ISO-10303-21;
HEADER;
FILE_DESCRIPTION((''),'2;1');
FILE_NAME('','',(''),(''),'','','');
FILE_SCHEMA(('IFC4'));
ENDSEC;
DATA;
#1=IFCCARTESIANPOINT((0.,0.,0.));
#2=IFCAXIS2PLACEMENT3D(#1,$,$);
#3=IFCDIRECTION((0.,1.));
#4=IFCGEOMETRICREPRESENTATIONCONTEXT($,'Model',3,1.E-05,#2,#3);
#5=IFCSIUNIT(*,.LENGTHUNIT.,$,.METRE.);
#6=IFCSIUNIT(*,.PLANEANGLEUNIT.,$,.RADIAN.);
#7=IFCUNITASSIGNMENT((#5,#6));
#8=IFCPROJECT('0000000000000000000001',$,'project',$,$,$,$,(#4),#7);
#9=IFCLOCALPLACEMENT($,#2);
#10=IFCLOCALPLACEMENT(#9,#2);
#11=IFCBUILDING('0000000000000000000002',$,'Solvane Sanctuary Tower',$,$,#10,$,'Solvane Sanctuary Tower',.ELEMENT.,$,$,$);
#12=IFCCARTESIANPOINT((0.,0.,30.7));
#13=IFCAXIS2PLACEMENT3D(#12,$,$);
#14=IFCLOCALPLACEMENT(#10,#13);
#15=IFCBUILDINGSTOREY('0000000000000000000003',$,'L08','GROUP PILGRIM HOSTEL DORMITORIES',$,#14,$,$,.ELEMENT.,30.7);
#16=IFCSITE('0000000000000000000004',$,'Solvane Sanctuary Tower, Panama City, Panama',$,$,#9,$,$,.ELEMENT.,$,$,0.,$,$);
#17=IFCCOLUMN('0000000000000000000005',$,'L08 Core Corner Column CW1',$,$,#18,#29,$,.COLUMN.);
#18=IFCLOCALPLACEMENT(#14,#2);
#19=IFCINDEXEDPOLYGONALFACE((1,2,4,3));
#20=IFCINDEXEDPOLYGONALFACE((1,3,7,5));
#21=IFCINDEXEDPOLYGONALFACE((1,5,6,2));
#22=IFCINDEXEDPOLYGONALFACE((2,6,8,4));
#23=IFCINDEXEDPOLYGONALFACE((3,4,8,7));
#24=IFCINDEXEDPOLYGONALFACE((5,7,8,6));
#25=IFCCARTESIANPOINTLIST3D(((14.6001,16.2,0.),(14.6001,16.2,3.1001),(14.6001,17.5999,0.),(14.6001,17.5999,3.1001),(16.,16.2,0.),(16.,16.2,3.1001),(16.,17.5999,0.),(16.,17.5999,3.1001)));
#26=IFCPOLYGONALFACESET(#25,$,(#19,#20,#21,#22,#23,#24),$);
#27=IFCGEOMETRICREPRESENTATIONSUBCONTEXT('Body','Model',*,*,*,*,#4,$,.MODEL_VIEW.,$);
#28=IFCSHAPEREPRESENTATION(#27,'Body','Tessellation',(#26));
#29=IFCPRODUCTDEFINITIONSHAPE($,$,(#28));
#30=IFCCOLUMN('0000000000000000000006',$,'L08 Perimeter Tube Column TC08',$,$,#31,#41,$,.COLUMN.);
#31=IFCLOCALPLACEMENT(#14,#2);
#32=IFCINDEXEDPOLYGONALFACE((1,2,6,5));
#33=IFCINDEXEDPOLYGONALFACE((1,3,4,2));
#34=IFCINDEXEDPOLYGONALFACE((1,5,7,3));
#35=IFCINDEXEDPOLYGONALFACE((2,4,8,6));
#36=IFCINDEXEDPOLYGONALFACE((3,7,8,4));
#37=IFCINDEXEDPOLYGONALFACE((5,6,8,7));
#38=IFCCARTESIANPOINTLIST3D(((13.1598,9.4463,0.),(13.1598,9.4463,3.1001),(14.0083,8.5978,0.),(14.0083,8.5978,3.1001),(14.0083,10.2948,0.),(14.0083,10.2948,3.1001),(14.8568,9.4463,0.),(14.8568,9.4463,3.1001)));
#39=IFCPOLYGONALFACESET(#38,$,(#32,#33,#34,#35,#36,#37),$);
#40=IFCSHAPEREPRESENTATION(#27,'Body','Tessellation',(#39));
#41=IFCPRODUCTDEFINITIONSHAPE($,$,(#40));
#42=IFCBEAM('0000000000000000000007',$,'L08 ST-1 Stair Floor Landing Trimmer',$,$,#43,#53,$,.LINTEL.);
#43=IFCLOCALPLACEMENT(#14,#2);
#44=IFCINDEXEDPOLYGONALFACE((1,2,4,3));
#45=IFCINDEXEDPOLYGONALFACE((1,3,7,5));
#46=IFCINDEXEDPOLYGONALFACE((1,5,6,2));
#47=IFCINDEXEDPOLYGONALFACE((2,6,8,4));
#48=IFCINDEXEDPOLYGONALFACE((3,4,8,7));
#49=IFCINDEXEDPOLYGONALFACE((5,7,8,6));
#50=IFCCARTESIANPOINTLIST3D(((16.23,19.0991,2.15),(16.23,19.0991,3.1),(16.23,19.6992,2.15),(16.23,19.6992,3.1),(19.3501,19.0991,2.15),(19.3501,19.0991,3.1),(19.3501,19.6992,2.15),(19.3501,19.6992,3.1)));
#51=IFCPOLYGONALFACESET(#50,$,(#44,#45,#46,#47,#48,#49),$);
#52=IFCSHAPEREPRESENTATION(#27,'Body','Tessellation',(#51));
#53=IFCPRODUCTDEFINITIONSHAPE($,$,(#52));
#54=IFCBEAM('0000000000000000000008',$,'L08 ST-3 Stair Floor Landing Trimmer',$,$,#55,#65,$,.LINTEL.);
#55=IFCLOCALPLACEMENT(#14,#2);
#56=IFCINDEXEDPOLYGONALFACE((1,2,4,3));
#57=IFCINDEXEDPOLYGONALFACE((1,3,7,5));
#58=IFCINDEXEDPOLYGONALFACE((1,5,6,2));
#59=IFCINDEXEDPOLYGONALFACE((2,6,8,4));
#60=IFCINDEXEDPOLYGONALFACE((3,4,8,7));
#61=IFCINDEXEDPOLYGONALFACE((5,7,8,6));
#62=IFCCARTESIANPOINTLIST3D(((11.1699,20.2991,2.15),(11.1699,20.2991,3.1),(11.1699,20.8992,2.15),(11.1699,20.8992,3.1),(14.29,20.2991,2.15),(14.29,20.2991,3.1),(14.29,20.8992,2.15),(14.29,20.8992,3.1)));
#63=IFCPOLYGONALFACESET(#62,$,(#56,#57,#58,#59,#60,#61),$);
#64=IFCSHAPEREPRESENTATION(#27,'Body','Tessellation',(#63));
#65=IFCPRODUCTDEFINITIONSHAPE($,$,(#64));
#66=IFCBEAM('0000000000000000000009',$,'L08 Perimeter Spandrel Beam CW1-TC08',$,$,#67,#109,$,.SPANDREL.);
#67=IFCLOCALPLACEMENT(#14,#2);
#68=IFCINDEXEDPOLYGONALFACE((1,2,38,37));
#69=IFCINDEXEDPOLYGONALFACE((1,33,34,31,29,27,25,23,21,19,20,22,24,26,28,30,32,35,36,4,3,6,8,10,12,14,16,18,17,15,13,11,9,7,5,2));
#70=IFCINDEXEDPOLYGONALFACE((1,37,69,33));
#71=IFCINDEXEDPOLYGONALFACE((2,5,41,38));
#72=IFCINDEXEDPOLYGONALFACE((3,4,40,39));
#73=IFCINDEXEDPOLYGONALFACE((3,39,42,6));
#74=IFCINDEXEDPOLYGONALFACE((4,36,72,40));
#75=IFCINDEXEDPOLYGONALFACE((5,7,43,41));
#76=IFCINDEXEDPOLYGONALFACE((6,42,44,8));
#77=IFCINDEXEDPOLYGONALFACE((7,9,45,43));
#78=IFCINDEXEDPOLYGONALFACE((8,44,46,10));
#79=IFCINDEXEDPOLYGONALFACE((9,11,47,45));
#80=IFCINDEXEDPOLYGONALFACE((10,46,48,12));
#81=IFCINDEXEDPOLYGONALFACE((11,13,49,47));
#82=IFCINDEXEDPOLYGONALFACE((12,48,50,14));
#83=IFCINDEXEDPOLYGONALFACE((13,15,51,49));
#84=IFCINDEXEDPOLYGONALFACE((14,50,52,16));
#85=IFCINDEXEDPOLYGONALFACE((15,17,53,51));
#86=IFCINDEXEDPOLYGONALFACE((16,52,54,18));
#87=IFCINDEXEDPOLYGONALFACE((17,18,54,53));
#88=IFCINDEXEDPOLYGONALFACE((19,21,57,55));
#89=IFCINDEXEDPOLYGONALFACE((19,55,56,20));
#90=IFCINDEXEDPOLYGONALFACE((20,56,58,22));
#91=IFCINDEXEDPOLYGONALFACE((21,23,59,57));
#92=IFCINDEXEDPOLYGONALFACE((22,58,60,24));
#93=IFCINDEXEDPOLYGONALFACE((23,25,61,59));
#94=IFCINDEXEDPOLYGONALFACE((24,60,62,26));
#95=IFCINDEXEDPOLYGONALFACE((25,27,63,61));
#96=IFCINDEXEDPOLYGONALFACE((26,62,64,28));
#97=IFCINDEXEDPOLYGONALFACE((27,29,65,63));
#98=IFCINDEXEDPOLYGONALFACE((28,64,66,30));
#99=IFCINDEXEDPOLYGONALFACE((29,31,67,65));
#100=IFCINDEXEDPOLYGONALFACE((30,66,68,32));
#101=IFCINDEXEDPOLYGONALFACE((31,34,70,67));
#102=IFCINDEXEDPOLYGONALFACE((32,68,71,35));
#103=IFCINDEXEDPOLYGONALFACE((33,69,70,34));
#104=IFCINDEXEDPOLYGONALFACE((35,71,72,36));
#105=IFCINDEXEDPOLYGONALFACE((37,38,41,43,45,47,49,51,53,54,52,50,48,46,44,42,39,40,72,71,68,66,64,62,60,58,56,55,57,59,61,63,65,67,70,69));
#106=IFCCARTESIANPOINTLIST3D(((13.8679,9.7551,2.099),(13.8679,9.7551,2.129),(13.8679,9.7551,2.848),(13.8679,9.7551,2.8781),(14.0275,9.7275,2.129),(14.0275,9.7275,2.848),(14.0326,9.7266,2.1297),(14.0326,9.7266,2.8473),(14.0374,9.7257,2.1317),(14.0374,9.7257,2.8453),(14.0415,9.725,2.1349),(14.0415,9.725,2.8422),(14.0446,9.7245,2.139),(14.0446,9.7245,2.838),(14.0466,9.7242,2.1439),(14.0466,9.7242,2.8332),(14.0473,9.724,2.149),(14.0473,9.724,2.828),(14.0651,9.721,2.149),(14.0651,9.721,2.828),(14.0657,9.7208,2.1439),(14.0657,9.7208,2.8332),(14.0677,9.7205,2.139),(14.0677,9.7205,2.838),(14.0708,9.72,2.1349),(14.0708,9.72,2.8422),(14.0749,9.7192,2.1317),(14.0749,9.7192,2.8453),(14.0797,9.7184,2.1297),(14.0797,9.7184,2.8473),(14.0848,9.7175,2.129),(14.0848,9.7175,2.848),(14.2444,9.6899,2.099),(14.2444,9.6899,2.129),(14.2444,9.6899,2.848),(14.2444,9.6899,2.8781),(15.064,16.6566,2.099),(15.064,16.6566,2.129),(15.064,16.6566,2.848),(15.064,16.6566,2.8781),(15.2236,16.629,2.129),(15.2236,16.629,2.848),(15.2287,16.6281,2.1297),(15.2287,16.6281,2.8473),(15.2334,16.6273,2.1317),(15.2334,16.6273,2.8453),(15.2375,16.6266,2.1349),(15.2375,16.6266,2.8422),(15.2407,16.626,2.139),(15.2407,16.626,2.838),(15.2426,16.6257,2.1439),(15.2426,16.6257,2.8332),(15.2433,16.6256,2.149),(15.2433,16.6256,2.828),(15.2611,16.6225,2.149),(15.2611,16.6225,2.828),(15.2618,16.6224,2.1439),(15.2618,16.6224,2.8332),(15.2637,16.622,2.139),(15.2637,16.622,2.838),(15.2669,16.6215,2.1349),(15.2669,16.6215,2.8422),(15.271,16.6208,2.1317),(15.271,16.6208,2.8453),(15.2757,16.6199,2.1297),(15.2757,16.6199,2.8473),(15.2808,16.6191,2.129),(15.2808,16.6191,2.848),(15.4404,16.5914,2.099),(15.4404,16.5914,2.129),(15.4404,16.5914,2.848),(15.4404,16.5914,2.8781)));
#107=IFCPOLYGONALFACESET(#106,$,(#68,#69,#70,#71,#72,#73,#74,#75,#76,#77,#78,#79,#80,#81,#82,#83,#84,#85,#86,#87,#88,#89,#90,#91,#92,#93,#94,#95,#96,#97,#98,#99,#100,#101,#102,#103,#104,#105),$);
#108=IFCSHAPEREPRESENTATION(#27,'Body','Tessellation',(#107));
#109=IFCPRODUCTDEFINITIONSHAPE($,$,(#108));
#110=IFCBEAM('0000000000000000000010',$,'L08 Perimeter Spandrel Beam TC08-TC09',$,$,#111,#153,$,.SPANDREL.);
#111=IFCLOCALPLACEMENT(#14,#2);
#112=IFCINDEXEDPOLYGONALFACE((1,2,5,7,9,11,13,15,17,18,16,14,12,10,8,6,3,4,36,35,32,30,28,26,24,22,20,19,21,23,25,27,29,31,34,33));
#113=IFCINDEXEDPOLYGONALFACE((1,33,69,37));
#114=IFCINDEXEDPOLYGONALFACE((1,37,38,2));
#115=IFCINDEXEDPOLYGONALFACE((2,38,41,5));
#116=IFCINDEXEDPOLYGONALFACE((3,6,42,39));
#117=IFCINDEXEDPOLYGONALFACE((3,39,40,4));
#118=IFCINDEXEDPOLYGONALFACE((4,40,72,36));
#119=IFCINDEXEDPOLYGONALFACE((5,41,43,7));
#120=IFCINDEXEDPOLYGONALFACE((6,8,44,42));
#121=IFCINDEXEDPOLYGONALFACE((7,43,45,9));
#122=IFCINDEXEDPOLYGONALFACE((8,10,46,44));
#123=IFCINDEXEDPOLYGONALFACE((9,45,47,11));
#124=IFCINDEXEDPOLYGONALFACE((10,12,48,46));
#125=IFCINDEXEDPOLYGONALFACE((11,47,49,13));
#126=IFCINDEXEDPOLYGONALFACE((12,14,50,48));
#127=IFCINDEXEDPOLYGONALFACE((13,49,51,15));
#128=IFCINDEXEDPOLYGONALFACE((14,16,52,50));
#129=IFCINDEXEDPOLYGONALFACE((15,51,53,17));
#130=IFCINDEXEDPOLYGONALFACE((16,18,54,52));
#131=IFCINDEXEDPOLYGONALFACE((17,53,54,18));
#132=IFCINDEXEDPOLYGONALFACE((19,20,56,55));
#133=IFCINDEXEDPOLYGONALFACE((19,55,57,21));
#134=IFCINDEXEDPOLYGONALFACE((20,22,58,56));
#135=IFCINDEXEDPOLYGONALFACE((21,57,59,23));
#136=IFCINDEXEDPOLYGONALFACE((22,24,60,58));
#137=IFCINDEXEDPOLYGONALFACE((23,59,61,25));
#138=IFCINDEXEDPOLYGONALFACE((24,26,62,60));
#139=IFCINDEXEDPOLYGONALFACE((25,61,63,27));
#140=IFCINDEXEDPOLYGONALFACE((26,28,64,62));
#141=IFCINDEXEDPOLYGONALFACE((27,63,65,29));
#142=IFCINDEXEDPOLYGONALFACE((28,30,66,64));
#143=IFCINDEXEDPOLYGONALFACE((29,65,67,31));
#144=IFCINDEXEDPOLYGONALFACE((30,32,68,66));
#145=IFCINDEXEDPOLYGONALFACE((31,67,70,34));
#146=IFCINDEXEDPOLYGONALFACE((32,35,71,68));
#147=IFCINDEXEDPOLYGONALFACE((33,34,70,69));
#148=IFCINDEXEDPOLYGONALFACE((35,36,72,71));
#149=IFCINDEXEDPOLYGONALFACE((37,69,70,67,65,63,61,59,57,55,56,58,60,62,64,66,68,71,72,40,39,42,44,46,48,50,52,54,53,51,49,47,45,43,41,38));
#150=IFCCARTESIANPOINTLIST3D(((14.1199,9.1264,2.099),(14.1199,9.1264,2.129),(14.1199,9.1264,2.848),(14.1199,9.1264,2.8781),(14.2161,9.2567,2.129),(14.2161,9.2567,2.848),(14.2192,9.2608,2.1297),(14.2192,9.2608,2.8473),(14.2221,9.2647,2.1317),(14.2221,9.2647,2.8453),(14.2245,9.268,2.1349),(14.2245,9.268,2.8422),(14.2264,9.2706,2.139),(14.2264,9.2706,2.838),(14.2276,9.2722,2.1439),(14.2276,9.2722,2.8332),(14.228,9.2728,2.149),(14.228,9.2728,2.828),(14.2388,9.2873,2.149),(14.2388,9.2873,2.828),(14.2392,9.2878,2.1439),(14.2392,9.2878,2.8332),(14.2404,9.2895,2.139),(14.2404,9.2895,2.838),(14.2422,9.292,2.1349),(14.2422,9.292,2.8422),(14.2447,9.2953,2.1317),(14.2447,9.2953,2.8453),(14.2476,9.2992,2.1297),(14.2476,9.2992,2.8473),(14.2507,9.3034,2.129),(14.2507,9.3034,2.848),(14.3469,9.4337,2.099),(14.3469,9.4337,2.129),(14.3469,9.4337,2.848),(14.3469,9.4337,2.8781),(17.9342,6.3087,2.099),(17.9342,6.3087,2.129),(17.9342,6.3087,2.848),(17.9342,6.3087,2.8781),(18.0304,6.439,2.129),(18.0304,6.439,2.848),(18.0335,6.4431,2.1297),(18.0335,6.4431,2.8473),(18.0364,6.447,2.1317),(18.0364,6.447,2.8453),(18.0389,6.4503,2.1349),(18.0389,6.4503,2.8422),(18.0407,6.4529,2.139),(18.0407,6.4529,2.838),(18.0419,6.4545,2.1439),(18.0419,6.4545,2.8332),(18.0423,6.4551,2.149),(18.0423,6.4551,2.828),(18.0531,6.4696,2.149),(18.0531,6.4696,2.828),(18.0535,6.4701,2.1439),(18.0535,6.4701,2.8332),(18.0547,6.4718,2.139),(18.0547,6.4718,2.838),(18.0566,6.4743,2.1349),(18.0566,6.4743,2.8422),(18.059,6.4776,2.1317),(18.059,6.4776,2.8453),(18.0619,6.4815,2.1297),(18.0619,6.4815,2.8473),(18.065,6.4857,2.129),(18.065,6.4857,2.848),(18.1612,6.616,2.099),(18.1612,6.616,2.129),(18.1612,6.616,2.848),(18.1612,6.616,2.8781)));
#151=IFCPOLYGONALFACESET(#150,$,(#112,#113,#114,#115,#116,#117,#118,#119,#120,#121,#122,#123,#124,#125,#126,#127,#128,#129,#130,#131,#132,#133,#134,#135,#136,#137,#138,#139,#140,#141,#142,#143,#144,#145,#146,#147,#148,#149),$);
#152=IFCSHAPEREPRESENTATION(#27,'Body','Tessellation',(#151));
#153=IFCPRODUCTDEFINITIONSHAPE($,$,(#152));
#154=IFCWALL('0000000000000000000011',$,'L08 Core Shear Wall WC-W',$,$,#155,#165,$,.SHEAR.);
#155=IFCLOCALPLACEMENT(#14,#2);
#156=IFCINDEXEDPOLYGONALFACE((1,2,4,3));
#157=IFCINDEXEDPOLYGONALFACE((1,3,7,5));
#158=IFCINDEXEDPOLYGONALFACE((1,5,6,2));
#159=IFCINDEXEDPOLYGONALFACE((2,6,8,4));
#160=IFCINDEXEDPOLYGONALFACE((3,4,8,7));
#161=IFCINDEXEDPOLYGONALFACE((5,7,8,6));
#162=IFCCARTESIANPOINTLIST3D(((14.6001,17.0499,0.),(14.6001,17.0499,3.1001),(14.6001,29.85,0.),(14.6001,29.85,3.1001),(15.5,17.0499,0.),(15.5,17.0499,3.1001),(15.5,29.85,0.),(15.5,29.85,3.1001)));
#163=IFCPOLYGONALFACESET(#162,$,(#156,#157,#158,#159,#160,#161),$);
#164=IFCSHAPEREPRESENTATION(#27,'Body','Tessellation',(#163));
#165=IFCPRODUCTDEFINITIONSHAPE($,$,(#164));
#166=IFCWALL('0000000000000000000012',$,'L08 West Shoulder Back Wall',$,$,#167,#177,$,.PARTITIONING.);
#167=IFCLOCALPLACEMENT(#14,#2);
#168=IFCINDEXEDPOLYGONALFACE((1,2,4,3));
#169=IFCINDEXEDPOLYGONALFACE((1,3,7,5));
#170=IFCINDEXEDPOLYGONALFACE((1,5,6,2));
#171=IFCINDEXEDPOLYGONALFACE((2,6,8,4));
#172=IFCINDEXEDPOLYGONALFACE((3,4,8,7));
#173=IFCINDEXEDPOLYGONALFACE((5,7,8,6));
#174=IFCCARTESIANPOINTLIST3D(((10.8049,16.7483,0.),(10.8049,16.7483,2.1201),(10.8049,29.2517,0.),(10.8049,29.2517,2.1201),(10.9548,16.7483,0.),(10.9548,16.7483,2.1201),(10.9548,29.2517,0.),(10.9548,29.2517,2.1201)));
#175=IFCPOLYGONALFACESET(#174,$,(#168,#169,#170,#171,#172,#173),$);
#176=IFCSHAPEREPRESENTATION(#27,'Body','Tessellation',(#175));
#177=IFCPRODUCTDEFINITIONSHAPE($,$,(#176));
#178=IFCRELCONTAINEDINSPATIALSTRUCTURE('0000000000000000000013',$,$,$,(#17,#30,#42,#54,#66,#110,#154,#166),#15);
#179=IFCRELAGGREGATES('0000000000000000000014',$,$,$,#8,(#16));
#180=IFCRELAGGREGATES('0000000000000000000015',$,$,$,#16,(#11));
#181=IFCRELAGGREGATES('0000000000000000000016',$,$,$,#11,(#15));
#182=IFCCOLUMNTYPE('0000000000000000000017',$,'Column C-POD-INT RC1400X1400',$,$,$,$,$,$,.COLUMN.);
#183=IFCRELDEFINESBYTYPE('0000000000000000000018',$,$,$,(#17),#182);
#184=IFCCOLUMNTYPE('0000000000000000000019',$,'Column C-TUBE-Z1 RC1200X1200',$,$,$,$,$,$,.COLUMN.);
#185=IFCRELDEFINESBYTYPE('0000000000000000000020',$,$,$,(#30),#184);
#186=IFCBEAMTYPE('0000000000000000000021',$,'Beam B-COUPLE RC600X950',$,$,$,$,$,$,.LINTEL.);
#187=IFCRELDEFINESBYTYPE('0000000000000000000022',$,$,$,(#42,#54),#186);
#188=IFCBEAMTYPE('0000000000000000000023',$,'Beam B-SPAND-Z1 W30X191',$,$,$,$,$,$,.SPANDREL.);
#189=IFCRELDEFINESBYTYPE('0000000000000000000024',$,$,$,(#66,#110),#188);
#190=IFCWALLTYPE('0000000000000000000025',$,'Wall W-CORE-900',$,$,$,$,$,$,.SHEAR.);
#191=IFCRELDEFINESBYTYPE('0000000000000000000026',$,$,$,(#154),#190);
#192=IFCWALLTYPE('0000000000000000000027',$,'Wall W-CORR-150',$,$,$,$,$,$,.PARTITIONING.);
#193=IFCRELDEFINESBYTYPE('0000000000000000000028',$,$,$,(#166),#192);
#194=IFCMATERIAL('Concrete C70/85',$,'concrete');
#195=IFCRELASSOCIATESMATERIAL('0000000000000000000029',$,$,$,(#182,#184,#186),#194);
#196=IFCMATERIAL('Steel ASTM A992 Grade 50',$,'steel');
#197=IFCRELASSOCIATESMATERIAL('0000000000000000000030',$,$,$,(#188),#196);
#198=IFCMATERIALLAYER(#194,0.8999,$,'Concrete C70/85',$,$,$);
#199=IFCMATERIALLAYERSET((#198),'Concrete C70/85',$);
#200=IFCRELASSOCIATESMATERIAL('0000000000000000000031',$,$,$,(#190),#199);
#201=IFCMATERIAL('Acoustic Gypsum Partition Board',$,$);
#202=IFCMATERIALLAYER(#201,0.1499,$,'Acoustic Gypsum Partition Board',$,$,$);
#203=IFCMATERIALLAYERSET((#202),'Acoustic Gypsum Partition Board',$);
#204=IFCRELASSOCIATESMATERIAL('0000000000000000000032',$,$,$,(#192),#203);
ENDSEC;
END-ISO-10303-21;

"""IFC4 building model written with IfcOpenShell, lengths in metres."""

from ifc_helpers import new_model, si_unit, direction, frame, frame_2d, origin, origin_2d, place, context, subcontext, project, spatial, rectangle, i_section, extrude, material, layer, layer_set, material_profile, profile_set, type_object, element, save


model = new_model("IFC4")

# Units and contexts
model_context = context("Model", 3, precision=1e-05, world=origin(), true_north=direction((0.0, 1.0)))
body_context = subcontext(model_context, "Body", "Model", "MODEL_VIEW")
ifc_project = project(units=[si_unit("LENGTHUNIT", "METRE"), si_unit("PLANEANGLEUNIT", "RADIAN")], contexts=[model_context])

# Site, building, storey
site_placement = place(None, origin())
site = spatial("IfcSite", under=ifc_project, at=site_placement, Name="Solvane Sanctuary Tower, Panama City, Panama", CompositionType="ELEMENT", RefElevation=0.0)
building_placement = place(site_placement, origin())
building = spatial("IfcBuilding", under=site, at=building_placement, Name="Solvane Sanctuary Tower", LongName="Solvane Sanctuary Tower", CompositionType="ELEMENT")
storey_placement = place(building_placement, frame((0.0, 0.0, 30.7)))
storey = spatial("IfcBuildingStorey", under=building, at=storey_placement, Name="L08", Description="GROUP PILGRIM HOSTEL DORMITORIES", CompositionType="ELEMENT", Elevation=30.7)

# Columns
ifc_material_1 = material(Name="Concrete C70/85", Category="concrete")
ifc_material_profile_1 = material_profile(ifc_material_1, rectangle(XDim=1.3999, YDim=1.3999, at=origin_2d()), Name="RC1400X1400")
ifc_profile_set_1 = profile_set([ifc_material_profile_1], Name="Concrete C70/85")
column_type_1 = type_object("IfcColumnType", Name="Column C-POD-INT RC1400X1400", PredefinedType="COLUMN", material=ifc_profile_set_1)
column_1_placement = place(storey_placement, frame((15.3, 16.8999, 0.0), z_axis=(0.0, 0.0, 1.0), x_axis=(1.0, 0.0, 0.0)))
element("IfcColumn", 1, at=column_1_placement, inside=storey, type_object=column_type_1, Name="L08 Core Corner Column CW1", PredefinedType="COLUMN", context=body_context, shape_type="SweptSolid", body=[
    extrude(rectangle(XDim=1.3999, YDim=1.3999, at=origin_2d()), origin(), (0.0, 0.0, 1.0), 3.1001),
])
ifc_material_profile_2 = material_profile(ifc_material_1, rectangle(XDim=1.2, YDim=1.2, at=origin_2d()), Name="RC1200X1200")
ifc_profile_set_2 = profile_set([ifc_material_profile_2], Name="Concrete C70/85")
column_type_2 = type_object("IfcColumnType", Name="Column C-TUBE-Z1 RC1200X1200", PredefinedType="COLUMN", material=ifc_profile_set_2)
column_2_placement = place(storey_placement, frame((14.0083, 9.4463, 0.0), z_axis=(0.0, 0.0, 1.0), x_axis=(-0.707107, -0.707107, 0.0)))
element("IfcColumn", 2, at=column_2_placement, inside=storey, type_object=column_type_2, Name="L08 Perimeter Tube Column TC08", PredefinedType="COLUMN", context=body_context, shape_type="SweptSolid", body=[
    extrude(rectangle(XDim=1.2, YDim=1.2, at=origin_2d()), origin(), (0.0, 0.0, 1.0), 3.1001),
])

# Beams
ifc_material_profile_3 = material_profile(ifc_material_1, rectangle(XDim=0.6001, YDim=0.95, at=origin_2d()), Name="RC600X950")
ifc_profile_set_3 = profile_set([ifc_material_profile_3], Name="Concrete C70/85")
beam_type_1 = type_object("IfcBeamType", Name="Beam B-COUPLE RC600X950", PredefinedType="LINTEL", material=ifc_profile_set_3)
for number, where, z_axis, x_axis, name in (
    (3, (16.23, 19.3992, 2.625), (1.0, 0.0, 0.0), (0.0, 1.0, 0.0), "L08 ST-1 Stair Floor Landing Trimmer"),
    (4, (11.1699, 20.5991, 2.625), (1.0, 0.0, 0.0), (0.0, 1.0, 0.0), "L08 ST-3 Stair Floor Landing Trimmer"),
):
    element("IfcBeam", number, at=place(storey_placement, frame(where, z_axis=z_axis, x_axis=x_axis)), inside=storey, type_object=beam_type_1, Name=name, PredefinedType="LINTEL", context=body_context, shape_type="SweptSolid", body=[
        extrude(rectangle(XDim=0.6001, YDim=0.95, at=origin_2d()), origin(), (0.0, 0.0, 1.0), 3.1201),
    ])
ifc_material_2 = material(Name="Steel ASTM A992 Grade 50", Category="steel")
ifc_material_profile_4 = material_profile(ifc_material_2, i_section(OverallWidth=0.3821, OverallDepth=0.7791, WebThickness=0.0181, FlangeThickness=0.03, FilletRadius=0.02, at=origin_2d()), Name="W30X191")
ifc_profile_set_4 = profile_set([ifc_material_profile_4], Name="Steel ASTM A992 Grade 50")
beam_type_2 = type_object("IfcBeamType", Name="Beam B-SPAND-Z1 W30X191", PredefinedType="SPANDREL", material=ifc_profile_set_4)
beam_1_placement = place(storey_placement, frame((15.2522, 16.624, 2.4885), z_axis=(-0.170754, -0.985314, 0.0), x_axis=(0.985314, -0.170754, 0.0)))
element("IfcBeam", 5, at=beam_1_placement, inside=storey, type_object=beam_type_2, Name="L08 Perimeter Spandrel Beam CW1-TC08", PredefinedType="SPANDREL", context=body_context, shape_type="SweptSolid", body=[
    extrude(i_section(OverallWidth=0.3821, OverallDepth=0.7791, WebThickness=0.0181, FlangeThickness=0.03, FilletRadius=0.02, at=origin_2d()), origin(), (0.0, 0.0, 1.0), 7.0044),
])
beam_2_placement = place(storey_placement, frame((14.2334, 9.28, 2.4885), z_axis=(0.804334, -0.594177, 0.0), x_axis=(0.594177, 0.804334, 0.0)))
element("IfcBeam", 6, at=beam_2_placement, inside=storey, type_object=beam_type_2, Name="L08 Perimeter Spandrel Beam TC08-TC09", PredefinedType="SPANDREL", context=body_context, shape_type="SweptSolid", body=[
    extrude(i_section(OverallWidth=0.3821, OverallDepth=0.7791, WebThickness=0.0181, FlangeThickness=0.03, FilletRadius=0.02, at=origin_2d()), origin(), (0.0, 0.0, 1.0), 4.7422),
])

# Walls
ifc_layer_1 = layer(ifc_material_1, 0.8999, Name="Concrete C70/85")
ifc_layer_set_1 = layer_set([ifc_layer_1], Name="Concrete C70/85")
wall_type_1 = type_object("IfcWallType", Name="Wall W-CORE-900", PredefinedType="SHEAR", material=ifc_layer_set_1)
wall_1_placement = place(storey_placement, frame((15.05, 17.05, 0.0), z_axis=(0.0, 0.0, 1.0), x_axis=(0.0, 1.0, 0.0)))
element("IfcWall", 7, at=wall_1_placement, inside=storey, type_object=wall_type_1, Name="L08 Core Shear Wall WC-W", PredefinedType="SHEAR", context=body_context, shape_type="SweptSolid", body=[
    extrude(rectangle(XDim=12.8, YDim=0.8999, at=frame_2d((6.3999, 0.0))), origin(), (0.0, 0.0, 1.0), 3.1001),
])
ifc_material_3 = material(Name="Acoustic Gypsum Partition Board")
ifc_layer_2 = layer(ifc_material_3, 0.1499, Name="Acoustic Gypsum Partition Board")
ifc_layer_set_2 = layer_set([ifc_layer_2], Name="Acoustic Gypsum Partition Board")
wall_type_2 = type_object("IfcWallType", Name="Wall W-CORR-150", PredefinedType="PARTITIONING", material=ifc_layer_set_2)
wall_2_placement = place(storey_placement, frame((10.8799, 16.7483, 0.0), z_axis=(0.0, 0.0, 1.0), x_axis=(0.0, 1.0, 0.0)))
element("IfcWall", 8, at=wall_2_placement, inside=storey, type_object=wall_type_2, Name="L08 West Shoulder Back Wall", PredefinedType="PARTITIONING", context=body_context, shape_type="SweptSolid", body=[
    extrude(rectangle(XDim=12.5034, YDim=0.1499, at=frame_2d((6.2517, 0.0))), origin(), (0.0, 0.0, 1.0), 2.1201),
])

save(model, "model.ifc")
